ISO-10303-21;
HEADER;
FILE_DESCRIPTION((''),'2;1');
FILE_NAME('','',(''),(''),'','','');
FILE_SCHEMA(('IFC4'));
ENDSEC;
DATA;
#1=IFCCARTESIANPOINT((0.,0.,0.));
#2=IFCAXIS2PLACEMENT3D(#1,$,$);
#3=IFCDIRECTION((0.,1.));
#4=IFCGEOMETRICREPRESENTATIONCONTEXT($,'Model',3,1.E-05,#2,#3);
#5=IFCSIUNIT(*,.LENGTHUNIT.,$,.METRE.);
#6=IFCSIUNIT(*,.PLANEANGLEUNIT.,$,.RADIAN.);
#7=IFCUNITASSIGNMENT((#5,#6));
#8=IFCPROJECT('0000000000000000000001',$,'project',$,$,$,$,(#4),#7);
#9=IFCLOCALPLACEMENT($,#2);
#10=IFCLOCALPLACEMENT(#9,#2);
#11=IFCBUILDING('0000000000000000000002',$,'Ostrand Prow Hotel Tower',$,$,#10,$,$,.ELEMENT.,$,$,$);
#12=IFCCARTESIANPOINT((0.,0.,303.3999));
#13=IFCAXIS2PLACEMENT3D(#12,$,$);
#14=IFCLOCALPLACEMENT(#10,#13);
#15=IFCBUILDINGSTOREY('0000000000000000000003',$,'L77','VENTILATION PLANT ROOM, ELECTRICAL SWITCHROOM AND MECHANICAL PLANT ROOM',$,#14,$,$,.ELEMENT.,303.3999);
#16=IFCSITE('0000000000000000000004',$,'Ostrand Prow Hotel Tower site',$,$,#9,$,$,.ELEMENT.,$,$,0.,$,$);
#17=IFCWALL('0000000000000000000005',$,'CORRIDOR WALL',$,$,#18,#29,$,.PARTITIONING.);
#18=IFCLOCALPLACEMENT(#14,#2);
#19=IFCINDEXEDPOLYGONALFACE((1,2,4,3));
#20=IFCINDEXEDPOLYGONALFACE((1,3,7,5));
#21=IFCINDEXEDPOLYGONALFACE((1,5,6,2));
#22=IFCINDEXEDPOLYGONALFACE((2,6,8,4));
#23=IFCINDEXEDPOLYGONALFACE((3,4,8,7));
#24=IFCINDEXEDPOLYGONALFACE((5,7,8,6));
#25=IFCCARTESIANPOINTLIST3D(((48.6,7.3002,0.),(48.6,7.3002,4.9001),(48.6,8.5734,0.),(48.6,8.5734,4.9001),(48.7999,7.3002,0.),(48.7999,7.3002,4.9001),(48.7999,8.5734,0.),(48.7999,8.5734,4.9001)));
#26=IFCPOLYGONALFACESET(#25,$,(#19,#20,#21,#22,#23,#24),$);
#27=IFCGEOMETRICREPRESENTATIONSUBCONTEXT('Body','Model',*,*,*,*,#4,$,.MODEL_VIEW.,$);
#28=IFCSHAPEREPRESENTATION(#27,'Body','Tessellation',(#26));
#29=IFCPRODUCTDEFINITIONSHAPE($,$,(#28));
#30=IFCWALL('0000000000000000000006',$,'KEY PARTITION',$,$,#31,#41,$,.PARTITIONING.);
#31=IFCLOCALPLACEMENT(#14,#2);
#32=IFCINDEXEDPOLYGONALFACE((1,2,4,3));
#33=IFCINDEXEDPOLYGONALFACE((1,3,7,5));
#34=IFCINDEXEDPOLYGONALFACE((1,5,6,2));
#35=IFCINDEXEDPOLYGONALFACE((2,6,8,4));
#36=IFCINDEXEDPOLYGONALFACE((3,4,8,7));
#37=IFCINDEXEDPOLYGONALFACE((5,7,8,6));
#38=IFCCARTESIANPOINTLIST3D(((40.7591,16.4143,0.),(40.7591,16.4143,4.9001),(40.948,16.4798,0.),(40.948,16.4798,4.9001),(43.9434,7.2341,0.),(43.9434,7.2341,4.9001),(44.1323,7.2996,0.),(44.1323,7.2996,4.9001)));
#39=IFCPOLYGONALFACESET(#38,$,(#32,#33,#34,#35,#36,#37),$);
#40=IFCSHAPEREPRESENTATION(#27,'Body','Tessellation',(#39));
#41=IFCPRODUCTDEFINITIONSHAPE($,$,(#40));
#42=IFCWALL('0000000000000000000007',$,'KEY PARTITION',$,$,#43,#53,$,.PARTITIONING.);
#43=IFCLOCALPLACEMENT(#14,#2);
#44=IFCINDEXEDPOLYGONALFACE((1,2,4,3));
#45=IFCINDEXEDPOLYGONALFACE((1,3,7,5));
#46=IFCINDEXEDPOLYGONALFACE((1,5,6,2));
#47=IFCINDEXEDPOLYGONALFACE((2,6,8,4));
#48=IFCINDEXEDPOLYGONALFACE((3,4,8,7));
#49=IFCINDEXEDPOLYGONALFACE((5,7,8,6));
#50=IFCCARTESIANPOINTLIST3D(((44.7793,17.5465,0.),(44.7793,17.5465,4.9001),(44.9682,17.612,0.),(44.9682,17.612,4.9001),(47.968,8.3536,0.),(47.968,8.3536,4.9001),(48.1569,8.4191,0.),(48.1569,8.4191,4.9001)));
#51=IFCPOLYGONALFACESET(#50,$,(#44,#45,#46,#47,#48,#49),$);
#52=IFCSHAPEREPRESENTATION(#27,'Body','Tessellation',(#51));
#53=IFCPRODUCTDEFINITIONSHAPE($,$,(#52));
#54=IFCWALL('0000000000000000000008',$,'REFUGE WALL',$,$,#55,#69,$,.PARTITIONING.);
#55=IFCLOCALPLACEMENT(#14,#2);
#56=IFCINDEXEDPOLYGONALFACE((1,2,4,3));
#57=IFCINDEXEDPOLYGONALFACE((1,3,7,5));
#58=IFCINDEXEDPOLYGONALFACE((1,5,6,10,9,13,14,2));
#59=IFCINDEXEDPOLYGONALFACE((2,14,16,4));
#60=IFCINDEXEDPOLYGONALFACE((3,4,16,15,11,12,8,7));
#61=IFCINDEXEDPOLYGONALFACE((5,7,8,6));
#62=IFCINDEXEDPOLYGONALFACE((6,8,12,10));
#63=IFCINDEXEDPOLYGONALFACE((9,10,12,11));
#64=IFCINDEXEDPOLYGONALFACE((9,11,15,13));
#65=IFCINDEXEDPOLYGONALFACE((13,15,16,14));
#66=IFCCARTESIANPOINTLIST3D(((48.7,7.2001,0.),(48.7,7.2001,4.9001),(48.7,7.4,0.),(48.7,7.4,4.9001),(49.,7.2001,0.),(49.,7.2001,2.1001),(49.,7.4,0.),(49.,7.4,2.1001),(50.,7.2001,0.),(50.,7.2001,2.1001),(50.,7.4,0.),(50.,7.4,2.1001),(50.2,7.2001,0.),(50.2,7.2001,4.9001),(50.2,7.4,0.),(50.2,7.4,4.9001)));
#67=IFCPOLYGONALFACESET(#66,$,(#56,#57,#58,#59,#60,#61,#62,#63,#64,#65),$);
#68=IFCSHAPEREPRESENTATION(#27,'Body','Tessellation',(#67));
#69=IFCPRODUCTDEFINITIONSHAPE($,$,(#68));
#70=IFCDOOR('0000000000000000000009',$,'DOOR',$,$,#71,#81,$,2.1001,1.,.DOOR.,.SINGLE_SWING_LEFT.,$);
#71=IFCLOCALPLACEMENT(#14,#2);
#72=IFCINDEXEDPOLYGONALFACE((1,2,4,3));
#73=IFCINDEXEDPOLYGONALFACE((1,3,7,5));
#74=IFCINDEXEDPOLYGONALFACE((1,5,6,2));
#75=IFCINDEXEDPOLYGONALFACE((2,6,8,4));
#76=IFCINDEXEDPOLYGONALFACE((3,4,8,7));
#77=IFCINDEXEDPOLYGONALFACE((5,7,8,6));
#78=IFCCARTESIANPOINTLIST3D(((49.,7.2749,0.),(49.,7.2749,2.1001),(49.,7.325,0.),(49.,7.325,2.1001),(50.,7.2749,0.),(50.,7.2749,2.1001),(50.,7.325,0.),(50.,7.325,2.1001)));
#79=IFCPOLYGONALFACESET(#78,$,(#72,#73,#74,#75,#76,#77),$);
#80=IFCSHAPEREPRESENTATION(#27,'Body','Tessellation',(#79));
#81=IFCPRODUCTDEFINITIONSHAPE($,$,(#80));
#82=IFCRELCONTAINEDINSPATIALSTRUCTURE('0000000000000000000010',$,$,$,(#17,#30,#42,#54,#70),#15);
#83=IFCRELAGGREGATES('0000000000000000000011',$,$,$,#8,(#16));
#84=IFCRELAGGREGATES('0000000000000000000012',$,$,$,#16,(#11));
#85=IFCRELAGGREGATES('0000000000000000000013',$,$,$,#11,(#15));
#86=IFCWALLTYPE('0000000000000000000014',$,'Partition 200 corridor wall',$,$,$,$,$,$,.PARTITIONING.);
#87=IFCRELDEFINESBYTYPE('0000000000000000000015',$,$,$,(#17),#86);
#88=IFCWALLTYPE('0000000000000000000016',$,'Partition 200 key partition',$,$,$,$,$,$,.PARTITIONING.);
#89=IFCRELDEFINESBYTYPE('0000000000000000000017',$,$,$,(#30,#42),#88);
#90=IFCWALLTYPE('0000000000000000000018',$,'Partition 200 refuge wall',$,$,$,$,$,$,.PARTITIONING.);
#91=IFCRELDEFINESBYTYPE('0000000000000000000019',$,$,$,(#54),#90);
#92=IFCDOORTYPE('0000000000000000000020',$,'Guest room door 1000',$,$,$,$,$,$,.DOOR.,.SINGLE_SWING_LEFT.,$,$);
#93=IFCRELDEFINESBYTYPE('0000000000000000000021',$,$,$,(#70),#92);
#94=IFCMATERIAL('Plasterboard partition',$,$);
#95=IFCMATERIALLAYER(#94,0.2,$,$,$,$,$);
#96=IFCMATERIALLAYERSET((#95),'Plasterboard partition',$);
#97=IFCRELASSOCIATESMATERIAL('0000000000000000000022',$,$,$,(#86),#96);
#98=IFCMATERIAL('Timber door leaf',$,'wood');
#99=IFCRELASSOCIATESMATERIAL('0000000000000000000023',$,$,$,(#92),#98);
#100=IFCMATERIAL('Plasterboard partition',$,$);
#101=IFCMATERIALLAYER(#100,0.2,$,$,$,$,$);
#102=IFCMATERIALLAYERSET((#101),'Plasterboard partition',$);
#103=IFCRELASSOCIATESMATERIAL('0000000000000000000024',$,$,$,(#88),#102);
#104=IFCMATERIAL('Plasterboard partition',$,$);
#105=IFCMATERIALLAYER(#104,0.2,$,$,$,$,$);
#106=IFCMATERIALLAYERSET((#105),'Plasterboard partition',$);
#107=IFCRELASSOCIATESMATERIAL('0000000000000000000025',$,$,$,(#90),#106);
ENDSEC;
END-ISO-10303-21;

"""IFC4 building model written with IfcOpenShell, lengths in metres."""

from ifc_helpers import new_model, si_unit, direction, frame, frame_2d, origin, place, context, subcontext, project, spatial, rectangle, extrude, material, layer, layer_set, type_object, element, fill, save


model = new_model("IFC4")

# Units and contexts
model_context = context("Model", 3, precision=1e-05, world=origin(), true_north=direction((0.0, 1.0)))
body_context = subcontext(model_context, "Body", "Model", "MODEL_VIEW")
ifc_project = project(units=[si_unit("LENGTHUNIT", "METRE"), si_unit("PLANEANGLEUNIT", "RADIAN")], contexts=[model_context])

# Site, building, storey
site_placement = place(None, origin())
site = spatial("IfcSite", under=ifc_project, at=site_placement, Name="Ostrand Prow Hotel Tower site", CompositionType="ELEMENT", RefElevation=0.0)
building_placement = place(site_placement, origin())
building = spatial("IfcBuilding", under=site, at=building_placement, Name="Ostrand Prow Hotel Tower", CompositionType="ELEMENT")
storey_placement = place(building_placement, frame((0.0, 0.0, 303.3999)))
storey = spatial("IfcBuildingStorey", under=building, at=storey_placement, Name="L77", Description="VENTILATION PLANT ROOM, ELECTRICAL SWITCHROOM AND MECHANICAL PLANT ROOM", CompositionType="ELEMENT", Elevation=303.3999)

# Shared definitions
ifc_material_1 = material(Name="Plasterboard partition")
ifc_layer_1 = layer(ifc_material_1, 0.2)
ifc_layer_set_1 = layer_set([ifc_layer_1], Name="Plasterboard partition")
wall_type_1 = type_object("IfcWallType", Name="Partition 200 corridor wall", PredefinedType="PARTITIONING", material=ifc_layer_set_1)
ifc_material_2 = material(Name="Timber door leaf", Category="wood")
door_type_1 = type_object("IfcDoorType", Name="Guest room door 1000", OperationType="SINGLE_SWING_LEFT", PredefinedType="DOOR", material=ifc_material_2)

# Walls
wall_1_placement = place(storey_placement, frame((48.7, 7.3, 0.0), z_axis=(0.0, 0.0, 1.0), x_axis=(0.0, 1.0, 0.0)))
element("IfcWall", 1, at=wall_1_placement, inside=storey, type_object=wall_type_1, Name="CORRIDOR WALL", PredefinedType="PARTITIONING", context=body_context, shape_type="SweptSolid", body=[
    extrude(rectangle(XDim=1.2732, YDim=0.2, at=frame_2d((0.6367, 0.0))), origin(), (0.0, 0.0, 1.0), 4.9001),
])
ifc_material_3 = material(Name="Plasterboard partition")
ifc_layer_2 = layer(ifc_material_3, 0.2)
ifc_layer_set_2 = layer_set([ifc_layer_2], Name="Plasterboard partition")
wall_type_2 = type_object("IfcWallType", Name="Partition 200 key partition", PredefinedType="PARTITIONING", material=ifc_layer_set_2)
wall_2_placement = place(storey_placement, frame((44.0378, 7.2668, 0.0), z_axis=(0.0, 0.0, 1.0), x_axis=(-0.327715, 0.944777, 0.0)))
element("IfcWall", 2, at=wall_2_placement, inside=storey, type_object=wall_type_2, Name="KEY PARTITION", PredefinedType="PARTITIONING", context=body_context, shape_type="SweptSolid", body=[
    extrude(rectangle(XDim=9.7168, YDim=0.2, at=frame_2d((4.8584, 0.0))), origin(), (0.0, 0.0, 1.0), 4.9001),
])
wall_3_placement = place(storey_placement, frame((48.0625, 8.3862, 0.0), z_axis=(0.0, 0.0, 1.0), x_axis=(-0.327714, 0.944777, 0.0)))
element("IfcWall", 3, at=wall_3_placement, inside=storey, type_object=wall_type_2, Name="KEY PARTITION", PredefinedType="PARTITIONING", context=body_context, shape_type="SweptSolid", body=[
    extrude(rectangle(XDim=9.7302, YDim=0.2, at=frame_2d((4.8652, 0.0))), origin(), (0.0, 0.0, 1.0), 4.9001),
])

# Wall, opening, door
ifc_material_4 = material(Name="Plasterboard partition")
ifc_layer_3 = layer(ifc_material_4, 0.2)
ifc_layer_set_3 = layer_set([ifc_layer_3], Name="Plasterboard partition")
wall_type_3 = type_object("IfcWallType", Name="Partition 200 refuge wall", PredefinedType="PARTITIONING", material=ifc_layer_set_3)
wall_4_placement = place(storey_placement, frame((48.7, 7.3, 0.0), z_axis=(0.0, 0.0, 1.0), x_axis=(1.0, 0.0, 0.0)))
wall_4 = element("IfcWall", 4, at=wall_4_placement, inside=storey, type_object=wall_type_3, Name="REFUGE WALL", PredefinedType="PARTITIONING", context=body_context, shape_type="SweptSolid", body=[
    extrude(rectangle(XDim=1.5, YDim=0.2, at=frame_2d((0.75, 0.0))), origin(), (0.0, 0.0, 1.0), 4.9001),
])
opening_1_placement = place(wall_4_placement, frame((0.3, 0.0, 0.0)))
opening_1 = element("IfcOpeningElement", 5, at=opening_1_placement, cuts=wall_4, PredefinedType="OPENING", context=body_context, shape_type="SweptSolid", body=[
    extrude(rectangle(XDim=1.0, YDim=2.1001, at=frame_2d((0.5, 1.05))), frame((0.0, 0.1099, 0.0), z_axis=(0.0, -1.0, 0.0), x_axis=(1.0, 0.0, 0.0)), (0.0, 0.0, 1.0), 0.22),
])
door_1_placement = place(opening_1_placement, origin())
door_1 = element("IfcDoor", 6, at=door_1_placement, inside=storey, type_object=door_type_1, Name="DOOR", OperationType="SINGLE_SWING_LEFT", OverallHeight=2.1001, OverallWidth=1.0, PredefinedType="DOOR", context=body_context, shape_type="SweptSolid", body=[
    extrude(rectangle(XDim=1.0, YDim=2.1001, at=frame_2d((0.5, 1.05))), frame((0.0, 0.0249, 0.0), z_axis=(0.0, -1.0, 0.0), x_axis=(1.0, 0.0, 0.0)), (0.0, 0.0, 1.0), 0.05),
])
fill(opening_1, door_1)

save(model, "model.ifc")
